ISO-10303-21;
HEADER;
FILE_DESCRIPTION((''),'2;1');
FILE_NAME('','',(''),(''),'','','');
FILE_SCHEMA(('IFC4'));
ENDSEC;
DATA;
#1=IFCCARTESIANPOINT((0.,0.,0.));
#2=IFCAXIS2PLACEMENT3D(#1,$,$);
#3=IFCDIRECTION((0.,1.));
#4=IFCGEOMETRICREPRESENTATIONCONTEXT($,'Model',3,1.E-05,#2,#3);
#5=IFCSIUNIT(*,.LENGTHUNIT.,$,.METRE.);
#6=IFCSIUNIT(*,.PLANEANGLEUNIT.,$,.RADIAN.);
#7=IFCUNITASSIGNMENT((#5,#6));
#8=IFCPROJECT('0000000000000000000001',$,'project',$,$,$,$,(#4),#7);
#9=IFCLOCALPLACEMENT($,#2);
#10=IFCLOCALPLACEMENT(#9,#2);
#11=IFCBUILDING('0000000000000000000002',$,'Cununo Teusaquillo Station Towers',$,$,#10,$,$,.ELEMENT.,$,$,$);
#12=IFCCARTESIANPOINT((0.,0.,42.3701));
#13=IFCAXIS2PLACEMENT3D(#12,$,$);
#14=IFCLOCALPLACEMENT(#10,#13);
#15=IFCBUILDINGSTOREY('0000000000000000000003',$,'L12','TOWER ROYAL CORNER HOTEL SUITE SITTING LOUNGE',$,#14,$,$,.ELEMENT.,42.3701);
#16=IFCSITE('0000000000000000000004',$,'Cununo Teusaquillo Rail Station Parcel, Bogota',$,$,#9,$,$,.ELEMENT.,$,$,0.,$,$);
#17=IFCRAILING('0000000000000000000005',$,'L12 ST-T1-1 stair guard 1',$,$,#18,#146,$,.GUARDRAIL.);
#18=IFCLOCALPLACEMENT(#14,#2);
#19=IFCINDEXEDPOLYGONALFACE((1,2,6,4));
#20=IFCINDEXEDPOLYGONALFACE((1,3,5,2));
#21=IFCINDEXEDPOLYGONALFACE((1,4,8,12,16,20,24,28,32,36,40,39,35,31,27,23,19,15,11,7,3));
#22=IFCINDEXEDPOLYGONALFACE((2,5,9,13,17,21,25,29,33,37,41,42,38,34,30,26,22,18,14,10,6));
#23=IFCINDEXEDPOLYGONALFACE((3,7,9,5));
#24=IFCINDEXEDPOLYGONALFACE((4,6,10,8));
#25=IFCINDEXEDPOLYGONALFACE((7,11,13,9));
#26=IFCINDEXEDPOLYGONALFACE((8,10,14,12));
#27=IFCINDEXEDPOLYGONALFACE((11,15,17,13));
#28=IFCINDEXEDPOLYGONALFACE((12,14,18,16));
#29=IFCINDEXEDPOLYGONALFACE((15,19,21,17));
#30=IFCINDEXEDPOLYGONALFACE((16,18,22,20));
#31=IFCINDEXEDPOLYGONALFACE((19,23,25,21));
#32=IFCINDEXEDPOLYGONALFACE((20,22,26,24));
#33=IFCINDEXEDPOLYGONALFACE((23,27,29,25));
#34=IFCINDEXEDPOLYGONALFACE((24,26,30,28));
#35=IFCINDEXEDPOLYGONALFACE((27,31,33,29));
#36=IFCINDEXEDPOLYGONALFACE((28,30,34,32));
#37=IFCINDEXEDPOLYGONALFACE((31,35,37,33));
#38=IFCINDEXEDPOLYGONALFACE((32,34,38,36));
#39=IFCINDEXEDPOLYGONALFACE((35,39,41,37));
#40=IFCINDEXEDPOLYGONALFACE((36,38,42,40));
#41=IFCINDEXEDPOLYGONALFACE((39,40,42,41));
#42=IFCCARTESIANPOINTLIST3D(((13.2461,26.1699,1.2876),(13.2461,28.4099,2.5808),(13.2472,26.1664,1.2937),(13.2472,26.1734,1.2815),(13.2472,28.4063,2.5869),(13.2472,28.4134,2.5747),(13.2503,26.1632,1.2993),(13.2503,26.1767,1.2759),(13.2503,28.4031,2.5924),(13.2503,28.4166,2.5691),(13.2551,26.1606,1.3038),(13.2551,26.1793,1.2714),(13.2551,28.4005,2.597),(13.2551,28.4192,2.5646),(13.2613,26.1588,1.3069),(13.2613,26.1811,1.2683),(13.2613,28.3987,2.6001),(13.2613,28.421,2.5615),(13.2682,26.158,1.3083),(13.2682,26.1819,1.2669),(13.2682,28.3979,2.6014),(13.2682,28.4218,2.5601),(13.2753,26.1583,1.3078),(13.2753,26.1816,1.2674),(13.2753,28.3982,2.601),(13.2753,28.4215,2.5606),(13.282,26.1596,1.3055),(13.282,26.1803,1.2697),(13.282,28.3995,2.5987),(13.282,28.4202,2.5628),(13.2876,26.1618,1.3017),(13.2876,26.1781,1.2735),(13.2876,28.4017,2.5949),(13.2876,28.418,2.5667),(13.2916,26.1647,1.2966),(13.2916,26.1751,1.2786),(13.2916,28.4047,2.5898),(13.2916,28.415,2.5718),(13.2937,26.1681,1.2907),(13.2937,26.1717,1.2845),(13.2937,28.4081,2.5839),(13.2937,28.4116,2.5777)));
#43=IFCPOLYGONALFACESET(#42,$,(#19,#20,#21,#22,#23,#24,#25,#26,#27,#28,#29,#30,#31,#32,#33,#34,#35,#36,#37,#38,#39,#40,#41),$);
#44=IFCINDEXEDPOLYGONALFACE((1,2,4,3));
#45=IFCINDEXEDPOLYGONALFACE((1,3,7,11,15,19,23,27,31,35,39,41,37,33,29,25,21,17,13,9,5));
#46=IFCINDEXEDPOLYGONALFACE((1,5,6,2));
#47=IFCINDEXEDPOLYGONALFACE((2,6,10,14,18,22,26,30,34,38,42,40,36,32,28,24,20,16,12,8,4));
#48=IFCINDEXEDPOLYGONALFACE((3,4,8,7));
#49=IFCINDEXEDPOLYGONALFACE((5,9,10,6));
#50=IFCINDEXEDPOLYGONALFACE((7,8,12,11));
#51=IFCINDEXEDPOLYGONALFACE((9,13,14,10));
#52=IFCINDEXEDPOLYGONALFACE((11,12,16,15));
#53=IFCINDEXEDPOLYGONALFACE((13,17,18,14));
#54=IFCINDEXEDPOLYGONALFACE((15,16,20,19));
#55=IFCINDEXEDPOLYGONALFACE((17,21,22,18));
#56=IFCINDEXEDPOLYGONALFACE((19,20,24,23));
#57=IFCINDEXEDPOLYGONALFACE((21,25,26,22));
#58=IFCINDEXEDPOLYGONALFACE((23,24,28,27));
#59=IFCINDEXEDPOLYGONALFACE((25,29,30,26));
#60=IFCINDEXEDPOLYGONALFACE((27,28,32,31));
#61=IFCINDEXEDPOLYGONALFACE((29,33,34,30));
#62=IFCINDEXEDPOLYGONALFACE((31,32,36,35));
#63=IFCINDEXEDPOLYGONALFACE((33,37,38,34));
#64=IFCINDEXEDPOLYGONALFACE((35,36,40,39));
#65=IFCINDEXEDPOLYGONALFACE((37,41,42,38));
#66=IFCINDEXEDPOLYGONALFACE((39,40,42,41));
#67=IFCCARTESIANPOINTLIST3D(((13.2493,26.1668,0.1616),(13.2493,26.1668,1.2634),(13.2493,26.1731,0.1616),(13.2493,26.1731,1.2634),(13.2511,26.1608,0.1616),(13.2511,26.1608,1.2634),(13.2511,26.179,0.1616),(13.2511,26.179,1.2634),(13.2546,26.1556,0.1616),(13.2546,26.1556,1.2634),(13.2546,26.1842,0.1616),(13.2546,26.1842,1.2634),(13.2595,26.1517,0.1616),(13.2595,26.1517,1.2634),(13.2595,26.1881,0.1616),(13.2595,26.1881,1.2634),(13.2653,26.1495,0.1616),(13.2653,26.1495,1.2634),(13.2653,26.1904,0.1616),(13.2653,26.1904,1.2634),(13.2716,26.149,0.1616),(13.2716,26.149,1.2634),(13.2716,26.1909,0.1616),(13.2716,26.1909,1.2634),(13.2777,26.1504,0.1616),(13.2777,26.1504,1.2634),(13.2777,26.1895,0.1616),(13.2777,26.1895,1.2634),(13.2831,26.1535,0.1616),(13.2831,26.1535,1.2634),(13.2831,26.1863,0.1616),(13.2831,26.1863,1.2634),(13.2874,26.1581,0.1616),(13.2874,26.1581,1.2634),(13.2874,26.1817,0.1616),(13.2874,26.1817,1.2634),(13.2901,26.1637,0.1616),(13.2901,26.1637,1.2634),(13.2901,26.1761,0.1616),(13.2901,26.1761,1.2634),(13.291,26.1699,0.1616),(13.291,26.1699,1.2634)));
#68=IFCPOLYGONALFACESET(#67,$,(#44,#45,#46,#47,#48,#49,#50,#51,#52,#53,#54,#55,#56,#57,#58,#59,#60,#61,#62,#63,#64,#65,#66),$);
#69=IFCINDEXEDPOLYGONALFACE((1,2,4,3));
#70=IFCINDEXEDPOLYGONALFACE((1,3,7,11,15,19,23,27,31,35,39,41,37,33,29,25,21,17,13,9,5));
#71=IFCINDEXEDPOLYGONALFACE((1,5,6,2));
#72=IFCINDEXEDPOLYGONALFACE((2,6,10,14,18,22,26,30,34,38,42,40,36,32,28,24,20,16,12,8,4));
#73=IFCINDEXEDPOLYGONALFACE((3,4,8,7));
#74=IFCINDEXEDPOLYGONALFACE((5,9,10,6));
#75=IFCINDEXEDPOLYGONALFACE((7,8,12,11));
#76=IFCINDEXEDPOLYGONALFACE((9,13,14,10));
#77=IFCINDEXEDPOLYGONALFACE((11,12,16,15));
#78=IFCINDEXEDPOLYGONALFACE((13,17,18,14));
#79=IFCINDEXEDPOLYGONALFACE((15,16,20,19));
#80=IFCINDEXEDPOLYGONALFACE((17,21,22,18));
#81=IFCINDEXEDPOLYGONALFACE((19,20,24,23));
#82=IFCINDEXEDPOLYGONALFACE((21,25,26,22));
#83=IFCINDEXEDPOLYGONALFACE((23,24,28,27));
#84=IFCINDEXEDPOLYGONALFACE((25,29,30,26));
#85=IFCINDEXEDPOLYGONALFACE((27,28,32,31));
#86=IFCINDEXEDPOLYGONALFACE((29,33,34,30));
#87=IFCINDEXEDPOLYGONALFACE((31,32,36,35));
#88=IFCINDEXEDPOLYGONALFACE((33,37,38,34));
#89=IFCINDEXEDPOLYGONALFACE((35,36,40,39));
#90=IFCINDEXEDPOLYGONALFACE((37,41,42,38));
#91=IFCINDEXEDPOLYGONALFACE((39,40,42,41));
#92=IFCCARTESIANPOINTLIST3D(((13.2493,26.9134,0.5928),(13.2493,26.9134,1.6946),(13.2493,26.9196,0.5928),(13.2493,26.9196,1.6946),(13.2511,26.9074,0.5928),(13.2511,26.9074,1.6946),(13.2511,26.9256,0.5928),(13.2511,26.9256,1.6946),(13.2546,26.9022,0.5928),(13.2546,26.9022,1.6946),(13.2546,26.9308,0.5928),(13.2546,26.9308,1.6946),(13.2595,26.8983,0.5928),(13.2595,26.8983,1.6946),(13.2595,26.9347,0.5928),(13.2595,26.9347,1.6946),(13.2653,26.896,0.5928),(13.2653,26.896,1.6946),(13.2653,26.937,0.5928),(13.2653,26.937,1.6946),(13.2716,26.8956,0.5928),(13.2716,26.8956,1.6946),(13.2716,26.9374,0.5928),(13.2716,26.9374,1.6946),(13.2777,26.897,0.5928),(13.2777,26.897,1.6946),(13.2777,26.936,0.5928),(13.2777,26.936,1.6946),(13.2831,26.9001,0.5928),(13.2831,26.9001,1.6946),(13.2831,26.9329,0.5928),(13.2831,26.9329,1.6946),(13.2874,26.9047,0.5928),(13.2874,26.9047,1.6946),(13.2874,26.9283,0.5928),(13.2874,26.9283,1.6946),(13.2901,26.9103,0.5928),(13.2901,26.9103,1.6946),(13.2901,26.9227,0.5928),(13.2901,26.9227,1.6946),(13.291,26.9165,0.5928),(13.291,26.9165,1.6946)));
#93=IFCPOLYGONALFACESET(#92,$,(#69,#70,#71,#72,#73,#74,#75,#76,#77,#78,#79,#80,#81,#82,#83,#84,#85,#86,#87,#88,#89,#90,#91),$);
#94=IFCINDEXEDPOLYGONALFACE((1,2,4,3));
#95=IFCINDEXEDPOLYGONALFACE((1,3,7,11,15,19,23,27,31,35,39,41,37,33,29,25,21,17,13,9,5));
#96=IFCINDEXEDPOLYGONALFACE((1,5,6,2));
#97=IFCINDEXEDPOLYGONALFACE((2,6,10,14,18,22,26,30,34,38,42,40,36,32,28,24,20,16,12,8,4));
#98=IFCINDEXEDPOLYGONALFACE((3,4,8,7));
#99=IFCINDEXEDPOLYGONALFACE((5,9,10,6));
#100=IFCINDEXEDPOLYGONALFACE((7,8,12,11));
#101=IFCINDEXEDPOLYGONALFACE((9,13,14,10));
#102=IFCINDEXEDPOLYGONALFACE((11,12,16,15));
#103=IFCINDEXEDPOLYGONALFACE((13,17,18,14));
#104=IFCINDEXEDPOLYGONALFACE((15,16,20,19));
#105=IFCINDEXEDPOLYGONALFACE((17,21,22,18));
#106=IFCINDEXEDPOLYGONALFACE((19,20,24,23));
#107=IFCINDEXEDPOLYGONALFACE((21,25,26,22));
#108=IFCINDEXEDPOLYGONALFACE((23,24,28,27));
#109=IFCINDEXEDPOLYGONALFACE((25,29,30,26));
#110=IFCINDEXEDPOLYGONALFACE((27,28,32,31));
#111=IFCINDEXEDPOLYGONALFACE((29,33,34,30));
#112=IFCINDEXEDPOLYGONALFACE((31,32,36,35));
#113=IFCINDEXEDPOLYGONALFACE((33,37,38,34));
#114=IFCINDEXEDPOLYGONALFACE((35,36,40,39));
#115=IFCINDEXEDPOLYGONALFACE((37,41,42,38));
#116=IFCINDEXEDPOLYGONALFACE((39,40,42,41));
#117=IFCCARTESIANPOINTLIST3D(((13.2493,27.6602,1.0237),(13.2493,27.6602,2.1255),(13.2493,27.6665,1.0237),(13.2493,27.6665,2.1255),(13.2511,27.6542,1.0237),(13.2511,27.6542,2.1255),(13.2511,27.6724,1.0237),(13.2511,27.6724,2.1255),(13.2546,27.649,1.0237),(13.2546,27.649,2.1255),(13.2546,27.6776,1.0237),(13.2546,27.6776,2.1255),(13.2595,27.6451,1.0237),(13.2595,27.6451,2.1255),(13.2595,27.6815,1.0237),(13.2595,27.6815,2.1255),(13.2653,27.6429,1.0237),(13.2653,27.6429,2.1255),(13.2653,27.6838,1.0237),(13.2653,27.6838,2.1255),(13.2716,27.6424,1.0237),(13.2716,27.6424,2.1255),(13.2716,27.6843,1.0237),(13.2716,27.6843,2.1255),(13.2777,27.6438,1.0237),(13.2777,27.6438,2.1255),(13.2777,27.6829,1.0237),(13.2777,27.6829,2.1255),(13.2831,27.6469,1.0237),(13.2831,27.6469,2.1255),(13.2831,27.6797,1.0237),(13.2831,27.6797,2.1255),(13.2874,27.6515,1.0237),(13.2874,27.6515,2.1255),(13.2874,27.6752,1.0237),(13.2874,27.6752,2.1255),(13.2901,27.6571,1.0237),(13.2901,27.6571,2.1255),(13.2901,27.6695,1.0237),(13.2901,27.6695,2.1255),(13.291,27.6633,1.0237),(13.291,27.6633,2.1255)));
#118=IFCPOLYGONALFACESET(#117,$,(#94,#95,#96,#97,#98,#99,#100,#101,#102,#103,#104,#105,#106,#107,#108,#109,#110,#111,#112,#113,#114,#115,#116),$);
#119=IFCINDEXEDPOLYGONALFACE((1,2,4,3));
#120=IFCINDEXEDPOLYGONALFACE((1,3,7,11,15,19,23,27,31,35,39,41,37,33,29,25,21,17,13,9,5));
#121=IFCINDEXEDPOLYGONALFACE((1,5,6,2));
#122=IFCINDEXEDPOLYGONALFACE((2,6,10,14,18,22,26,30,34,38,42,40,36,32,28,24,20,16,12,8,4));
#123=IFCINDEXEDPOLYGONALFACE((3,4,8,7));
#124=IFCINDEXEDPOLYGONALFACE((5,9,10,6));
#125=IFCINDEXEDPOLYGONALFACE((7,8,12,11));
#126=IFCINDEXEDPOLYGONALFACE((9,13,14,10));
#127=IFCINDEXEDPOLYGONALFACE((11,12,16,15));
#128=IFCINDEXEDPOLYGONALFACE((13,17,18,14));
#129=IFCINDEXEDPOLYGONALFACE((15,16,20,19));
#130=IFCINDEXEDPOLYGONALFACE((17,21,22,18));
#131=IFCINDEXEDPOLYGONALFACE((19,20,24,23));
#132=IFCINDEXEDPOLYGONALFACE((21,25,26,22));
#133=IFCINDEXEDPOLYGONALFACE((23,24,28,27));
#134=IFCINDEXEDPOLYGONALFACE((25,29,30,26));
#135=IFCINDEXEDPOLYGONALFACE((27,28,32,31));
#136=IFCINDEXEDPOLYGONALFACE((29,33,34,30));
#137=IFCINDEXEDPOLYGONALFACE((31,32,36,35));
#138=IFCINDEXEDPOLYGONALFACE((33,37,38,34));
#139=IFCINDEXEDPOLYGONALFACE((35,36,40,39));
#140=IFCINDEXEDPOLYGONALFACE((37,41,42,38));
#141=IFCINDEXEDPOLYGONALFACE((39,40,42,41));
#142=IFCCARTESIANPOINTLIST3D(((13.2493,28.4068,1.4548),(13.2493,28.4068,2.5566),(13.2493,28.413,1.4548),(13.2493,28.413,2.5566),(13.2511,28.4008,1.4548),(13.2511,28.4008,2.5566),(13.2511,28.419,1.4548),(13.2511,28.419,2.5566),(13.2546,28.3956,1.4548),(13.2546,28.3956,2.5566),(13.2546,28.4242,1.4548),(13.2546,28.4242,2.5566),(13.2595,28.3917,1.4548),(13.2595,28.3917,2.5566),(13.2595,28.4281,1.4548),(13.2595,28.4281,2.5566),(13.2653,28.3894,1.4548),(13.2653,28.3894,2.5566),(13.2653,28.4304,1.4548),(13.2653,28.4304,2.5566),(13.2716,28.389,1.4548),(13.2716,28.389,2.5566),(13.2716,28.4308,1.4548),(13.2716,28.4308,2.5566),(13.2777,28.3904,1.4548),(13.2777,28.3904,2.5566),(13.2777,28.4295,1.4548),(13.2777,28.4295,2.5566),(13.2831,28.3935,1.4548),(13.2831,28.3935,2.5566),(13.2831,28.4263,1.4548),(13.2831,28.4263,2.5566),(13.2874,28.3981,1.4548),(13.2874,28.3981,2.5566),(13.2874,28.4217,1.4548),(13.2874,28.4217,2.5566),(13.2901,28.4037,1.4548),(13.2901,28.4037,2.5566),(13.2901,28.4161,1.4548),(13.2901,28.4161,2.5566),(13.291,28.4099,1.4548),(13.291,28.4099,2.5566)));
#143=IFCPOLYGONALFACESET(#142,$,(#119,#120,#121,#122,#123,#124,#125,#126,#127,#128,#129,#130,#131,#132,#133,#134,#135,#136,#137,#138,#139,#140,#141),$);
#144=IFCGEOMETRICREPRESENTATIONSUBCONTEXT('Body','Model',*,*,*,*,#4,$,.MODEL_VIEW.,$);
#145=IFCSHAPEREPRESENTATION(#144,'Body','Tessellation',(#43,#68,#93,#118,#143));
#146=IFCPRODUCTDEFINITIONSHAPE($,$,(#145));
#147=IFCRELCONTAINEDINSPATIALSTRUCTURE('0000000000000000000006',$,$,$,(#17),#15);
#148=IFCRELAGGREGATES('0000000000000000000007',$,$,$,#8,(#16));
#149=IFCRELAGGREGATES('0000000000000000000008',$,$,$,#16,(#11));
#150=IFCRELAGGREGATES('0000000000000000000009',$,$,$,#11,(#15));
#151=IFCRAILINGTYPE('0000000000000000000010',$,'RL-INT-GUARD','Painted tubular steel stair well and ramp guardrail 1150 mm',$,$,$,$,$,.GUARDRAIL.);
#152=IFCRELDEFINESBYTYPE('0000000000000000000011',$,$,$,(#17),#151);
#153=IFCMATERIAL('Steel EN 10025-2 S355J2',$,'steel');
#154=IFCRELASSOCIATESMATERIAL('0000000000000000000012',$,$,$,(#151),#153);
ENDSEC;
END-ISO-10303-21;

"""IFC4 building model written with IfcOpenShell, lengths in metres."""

from ifc_helpers import new_model, si_unit, direction, frame, origin, origin_2d, place, context, subcontext, project, spatial, circle, extrude, material, type_object, element, save


model = new_model("IFC4")

# Units and contexts
model_context = context("Model", 3, precision=1e-05, world=origin(), true_north=direction((0.0, 1.0)))
body_context = subcontext(model_context, "Body", "Model", "MODEL_VIEW")
ifc_project = project(units=[si_unit("LENGTHUNIT", "METRE"), si_unit("PLANEANGLEUNIT", "RADIAN")], contexts=[model_context])

# Site, building, storey
site_placement = place(None, origin())
site = spatial("IfcSite", under=ifc_project, at=site_placement, Name="Cununo Teusaquillo Rail Station Parcel, Bogota", CompositionType="ELEMENT", RefElevation=0.0)
building_placement = place(site_placement, origin())
building = spatial("IfcBuilding", under=site, at=building_placement, Name="Cununo Teusaquillo Station Towers", CompositionType="ELEMENT")
storey_placement = place(building_placement, frame((0.0, 0.0, 42.3701)))
storey = spatial("IfcBuildingStorey", under=building, at=storey_placement, Name="L12", Description="TOWER ROYAL CORNER HOTEL SUITE SITTING LOUNGE", CompositionType="ELEMENT", Elevation=42.3701)

# Railing
ifc_material_1 = material(Name="Steel EN 10025-2 S355J2", Category="steel")
railing_type_1 = type_object("IfcRailingType", Name="RL-INT-GUARD", Description="Painted tubular steel stair well and ramp guardrail 1150 mm", PredefinedType="GUARDRAIL", material=ifc_material_1)
railing_1_placement = place(storey_placement, frame((13.27, 26.1699, 0.1616)))
element("IfcRailing", 1, at=railing_1_placement, inside=storey, type_object=railing_type_1, Name="L12 ST-T1-1 stair guard 1", PredefinedType="GUARDRAIL", context=body_context, shape_type="SweptSolid", body=[
    extrude(circle(Radius=0.0239, at=origin_2d()), frame((0.0, 0.0, 1.126), z_axis=(0.0, 0.866033, 0.499987), x_axis=(-1.0, 0.0, 0.0)), (0.0, 0.0, 1.0), 2.5864),
    extrude(circle(Radius=0.021, at=origin_2d()), origin(), (0.0, 0.0, 1.0), 1.1018),
    extrude(circle(Radius=0.021, at=origin_2d()), frame((0.0, 0.7466, 0.4312)), (0.0, 0.0, 1.0), 1.1018),
    extrude(circle(Radius=0.021, at=origin_2d()), frame((0.0, 1.4934, 0.8621)), (0.0, 0.0, 1.0), 1.1018),
    extrude(circle(Radius=0.021, at=origin_2d()), frame((0.0, 2.24, 1.2932)), (0.0, 0.0, 1.0), 1.1018),
])

save(model, "model.ifc")
